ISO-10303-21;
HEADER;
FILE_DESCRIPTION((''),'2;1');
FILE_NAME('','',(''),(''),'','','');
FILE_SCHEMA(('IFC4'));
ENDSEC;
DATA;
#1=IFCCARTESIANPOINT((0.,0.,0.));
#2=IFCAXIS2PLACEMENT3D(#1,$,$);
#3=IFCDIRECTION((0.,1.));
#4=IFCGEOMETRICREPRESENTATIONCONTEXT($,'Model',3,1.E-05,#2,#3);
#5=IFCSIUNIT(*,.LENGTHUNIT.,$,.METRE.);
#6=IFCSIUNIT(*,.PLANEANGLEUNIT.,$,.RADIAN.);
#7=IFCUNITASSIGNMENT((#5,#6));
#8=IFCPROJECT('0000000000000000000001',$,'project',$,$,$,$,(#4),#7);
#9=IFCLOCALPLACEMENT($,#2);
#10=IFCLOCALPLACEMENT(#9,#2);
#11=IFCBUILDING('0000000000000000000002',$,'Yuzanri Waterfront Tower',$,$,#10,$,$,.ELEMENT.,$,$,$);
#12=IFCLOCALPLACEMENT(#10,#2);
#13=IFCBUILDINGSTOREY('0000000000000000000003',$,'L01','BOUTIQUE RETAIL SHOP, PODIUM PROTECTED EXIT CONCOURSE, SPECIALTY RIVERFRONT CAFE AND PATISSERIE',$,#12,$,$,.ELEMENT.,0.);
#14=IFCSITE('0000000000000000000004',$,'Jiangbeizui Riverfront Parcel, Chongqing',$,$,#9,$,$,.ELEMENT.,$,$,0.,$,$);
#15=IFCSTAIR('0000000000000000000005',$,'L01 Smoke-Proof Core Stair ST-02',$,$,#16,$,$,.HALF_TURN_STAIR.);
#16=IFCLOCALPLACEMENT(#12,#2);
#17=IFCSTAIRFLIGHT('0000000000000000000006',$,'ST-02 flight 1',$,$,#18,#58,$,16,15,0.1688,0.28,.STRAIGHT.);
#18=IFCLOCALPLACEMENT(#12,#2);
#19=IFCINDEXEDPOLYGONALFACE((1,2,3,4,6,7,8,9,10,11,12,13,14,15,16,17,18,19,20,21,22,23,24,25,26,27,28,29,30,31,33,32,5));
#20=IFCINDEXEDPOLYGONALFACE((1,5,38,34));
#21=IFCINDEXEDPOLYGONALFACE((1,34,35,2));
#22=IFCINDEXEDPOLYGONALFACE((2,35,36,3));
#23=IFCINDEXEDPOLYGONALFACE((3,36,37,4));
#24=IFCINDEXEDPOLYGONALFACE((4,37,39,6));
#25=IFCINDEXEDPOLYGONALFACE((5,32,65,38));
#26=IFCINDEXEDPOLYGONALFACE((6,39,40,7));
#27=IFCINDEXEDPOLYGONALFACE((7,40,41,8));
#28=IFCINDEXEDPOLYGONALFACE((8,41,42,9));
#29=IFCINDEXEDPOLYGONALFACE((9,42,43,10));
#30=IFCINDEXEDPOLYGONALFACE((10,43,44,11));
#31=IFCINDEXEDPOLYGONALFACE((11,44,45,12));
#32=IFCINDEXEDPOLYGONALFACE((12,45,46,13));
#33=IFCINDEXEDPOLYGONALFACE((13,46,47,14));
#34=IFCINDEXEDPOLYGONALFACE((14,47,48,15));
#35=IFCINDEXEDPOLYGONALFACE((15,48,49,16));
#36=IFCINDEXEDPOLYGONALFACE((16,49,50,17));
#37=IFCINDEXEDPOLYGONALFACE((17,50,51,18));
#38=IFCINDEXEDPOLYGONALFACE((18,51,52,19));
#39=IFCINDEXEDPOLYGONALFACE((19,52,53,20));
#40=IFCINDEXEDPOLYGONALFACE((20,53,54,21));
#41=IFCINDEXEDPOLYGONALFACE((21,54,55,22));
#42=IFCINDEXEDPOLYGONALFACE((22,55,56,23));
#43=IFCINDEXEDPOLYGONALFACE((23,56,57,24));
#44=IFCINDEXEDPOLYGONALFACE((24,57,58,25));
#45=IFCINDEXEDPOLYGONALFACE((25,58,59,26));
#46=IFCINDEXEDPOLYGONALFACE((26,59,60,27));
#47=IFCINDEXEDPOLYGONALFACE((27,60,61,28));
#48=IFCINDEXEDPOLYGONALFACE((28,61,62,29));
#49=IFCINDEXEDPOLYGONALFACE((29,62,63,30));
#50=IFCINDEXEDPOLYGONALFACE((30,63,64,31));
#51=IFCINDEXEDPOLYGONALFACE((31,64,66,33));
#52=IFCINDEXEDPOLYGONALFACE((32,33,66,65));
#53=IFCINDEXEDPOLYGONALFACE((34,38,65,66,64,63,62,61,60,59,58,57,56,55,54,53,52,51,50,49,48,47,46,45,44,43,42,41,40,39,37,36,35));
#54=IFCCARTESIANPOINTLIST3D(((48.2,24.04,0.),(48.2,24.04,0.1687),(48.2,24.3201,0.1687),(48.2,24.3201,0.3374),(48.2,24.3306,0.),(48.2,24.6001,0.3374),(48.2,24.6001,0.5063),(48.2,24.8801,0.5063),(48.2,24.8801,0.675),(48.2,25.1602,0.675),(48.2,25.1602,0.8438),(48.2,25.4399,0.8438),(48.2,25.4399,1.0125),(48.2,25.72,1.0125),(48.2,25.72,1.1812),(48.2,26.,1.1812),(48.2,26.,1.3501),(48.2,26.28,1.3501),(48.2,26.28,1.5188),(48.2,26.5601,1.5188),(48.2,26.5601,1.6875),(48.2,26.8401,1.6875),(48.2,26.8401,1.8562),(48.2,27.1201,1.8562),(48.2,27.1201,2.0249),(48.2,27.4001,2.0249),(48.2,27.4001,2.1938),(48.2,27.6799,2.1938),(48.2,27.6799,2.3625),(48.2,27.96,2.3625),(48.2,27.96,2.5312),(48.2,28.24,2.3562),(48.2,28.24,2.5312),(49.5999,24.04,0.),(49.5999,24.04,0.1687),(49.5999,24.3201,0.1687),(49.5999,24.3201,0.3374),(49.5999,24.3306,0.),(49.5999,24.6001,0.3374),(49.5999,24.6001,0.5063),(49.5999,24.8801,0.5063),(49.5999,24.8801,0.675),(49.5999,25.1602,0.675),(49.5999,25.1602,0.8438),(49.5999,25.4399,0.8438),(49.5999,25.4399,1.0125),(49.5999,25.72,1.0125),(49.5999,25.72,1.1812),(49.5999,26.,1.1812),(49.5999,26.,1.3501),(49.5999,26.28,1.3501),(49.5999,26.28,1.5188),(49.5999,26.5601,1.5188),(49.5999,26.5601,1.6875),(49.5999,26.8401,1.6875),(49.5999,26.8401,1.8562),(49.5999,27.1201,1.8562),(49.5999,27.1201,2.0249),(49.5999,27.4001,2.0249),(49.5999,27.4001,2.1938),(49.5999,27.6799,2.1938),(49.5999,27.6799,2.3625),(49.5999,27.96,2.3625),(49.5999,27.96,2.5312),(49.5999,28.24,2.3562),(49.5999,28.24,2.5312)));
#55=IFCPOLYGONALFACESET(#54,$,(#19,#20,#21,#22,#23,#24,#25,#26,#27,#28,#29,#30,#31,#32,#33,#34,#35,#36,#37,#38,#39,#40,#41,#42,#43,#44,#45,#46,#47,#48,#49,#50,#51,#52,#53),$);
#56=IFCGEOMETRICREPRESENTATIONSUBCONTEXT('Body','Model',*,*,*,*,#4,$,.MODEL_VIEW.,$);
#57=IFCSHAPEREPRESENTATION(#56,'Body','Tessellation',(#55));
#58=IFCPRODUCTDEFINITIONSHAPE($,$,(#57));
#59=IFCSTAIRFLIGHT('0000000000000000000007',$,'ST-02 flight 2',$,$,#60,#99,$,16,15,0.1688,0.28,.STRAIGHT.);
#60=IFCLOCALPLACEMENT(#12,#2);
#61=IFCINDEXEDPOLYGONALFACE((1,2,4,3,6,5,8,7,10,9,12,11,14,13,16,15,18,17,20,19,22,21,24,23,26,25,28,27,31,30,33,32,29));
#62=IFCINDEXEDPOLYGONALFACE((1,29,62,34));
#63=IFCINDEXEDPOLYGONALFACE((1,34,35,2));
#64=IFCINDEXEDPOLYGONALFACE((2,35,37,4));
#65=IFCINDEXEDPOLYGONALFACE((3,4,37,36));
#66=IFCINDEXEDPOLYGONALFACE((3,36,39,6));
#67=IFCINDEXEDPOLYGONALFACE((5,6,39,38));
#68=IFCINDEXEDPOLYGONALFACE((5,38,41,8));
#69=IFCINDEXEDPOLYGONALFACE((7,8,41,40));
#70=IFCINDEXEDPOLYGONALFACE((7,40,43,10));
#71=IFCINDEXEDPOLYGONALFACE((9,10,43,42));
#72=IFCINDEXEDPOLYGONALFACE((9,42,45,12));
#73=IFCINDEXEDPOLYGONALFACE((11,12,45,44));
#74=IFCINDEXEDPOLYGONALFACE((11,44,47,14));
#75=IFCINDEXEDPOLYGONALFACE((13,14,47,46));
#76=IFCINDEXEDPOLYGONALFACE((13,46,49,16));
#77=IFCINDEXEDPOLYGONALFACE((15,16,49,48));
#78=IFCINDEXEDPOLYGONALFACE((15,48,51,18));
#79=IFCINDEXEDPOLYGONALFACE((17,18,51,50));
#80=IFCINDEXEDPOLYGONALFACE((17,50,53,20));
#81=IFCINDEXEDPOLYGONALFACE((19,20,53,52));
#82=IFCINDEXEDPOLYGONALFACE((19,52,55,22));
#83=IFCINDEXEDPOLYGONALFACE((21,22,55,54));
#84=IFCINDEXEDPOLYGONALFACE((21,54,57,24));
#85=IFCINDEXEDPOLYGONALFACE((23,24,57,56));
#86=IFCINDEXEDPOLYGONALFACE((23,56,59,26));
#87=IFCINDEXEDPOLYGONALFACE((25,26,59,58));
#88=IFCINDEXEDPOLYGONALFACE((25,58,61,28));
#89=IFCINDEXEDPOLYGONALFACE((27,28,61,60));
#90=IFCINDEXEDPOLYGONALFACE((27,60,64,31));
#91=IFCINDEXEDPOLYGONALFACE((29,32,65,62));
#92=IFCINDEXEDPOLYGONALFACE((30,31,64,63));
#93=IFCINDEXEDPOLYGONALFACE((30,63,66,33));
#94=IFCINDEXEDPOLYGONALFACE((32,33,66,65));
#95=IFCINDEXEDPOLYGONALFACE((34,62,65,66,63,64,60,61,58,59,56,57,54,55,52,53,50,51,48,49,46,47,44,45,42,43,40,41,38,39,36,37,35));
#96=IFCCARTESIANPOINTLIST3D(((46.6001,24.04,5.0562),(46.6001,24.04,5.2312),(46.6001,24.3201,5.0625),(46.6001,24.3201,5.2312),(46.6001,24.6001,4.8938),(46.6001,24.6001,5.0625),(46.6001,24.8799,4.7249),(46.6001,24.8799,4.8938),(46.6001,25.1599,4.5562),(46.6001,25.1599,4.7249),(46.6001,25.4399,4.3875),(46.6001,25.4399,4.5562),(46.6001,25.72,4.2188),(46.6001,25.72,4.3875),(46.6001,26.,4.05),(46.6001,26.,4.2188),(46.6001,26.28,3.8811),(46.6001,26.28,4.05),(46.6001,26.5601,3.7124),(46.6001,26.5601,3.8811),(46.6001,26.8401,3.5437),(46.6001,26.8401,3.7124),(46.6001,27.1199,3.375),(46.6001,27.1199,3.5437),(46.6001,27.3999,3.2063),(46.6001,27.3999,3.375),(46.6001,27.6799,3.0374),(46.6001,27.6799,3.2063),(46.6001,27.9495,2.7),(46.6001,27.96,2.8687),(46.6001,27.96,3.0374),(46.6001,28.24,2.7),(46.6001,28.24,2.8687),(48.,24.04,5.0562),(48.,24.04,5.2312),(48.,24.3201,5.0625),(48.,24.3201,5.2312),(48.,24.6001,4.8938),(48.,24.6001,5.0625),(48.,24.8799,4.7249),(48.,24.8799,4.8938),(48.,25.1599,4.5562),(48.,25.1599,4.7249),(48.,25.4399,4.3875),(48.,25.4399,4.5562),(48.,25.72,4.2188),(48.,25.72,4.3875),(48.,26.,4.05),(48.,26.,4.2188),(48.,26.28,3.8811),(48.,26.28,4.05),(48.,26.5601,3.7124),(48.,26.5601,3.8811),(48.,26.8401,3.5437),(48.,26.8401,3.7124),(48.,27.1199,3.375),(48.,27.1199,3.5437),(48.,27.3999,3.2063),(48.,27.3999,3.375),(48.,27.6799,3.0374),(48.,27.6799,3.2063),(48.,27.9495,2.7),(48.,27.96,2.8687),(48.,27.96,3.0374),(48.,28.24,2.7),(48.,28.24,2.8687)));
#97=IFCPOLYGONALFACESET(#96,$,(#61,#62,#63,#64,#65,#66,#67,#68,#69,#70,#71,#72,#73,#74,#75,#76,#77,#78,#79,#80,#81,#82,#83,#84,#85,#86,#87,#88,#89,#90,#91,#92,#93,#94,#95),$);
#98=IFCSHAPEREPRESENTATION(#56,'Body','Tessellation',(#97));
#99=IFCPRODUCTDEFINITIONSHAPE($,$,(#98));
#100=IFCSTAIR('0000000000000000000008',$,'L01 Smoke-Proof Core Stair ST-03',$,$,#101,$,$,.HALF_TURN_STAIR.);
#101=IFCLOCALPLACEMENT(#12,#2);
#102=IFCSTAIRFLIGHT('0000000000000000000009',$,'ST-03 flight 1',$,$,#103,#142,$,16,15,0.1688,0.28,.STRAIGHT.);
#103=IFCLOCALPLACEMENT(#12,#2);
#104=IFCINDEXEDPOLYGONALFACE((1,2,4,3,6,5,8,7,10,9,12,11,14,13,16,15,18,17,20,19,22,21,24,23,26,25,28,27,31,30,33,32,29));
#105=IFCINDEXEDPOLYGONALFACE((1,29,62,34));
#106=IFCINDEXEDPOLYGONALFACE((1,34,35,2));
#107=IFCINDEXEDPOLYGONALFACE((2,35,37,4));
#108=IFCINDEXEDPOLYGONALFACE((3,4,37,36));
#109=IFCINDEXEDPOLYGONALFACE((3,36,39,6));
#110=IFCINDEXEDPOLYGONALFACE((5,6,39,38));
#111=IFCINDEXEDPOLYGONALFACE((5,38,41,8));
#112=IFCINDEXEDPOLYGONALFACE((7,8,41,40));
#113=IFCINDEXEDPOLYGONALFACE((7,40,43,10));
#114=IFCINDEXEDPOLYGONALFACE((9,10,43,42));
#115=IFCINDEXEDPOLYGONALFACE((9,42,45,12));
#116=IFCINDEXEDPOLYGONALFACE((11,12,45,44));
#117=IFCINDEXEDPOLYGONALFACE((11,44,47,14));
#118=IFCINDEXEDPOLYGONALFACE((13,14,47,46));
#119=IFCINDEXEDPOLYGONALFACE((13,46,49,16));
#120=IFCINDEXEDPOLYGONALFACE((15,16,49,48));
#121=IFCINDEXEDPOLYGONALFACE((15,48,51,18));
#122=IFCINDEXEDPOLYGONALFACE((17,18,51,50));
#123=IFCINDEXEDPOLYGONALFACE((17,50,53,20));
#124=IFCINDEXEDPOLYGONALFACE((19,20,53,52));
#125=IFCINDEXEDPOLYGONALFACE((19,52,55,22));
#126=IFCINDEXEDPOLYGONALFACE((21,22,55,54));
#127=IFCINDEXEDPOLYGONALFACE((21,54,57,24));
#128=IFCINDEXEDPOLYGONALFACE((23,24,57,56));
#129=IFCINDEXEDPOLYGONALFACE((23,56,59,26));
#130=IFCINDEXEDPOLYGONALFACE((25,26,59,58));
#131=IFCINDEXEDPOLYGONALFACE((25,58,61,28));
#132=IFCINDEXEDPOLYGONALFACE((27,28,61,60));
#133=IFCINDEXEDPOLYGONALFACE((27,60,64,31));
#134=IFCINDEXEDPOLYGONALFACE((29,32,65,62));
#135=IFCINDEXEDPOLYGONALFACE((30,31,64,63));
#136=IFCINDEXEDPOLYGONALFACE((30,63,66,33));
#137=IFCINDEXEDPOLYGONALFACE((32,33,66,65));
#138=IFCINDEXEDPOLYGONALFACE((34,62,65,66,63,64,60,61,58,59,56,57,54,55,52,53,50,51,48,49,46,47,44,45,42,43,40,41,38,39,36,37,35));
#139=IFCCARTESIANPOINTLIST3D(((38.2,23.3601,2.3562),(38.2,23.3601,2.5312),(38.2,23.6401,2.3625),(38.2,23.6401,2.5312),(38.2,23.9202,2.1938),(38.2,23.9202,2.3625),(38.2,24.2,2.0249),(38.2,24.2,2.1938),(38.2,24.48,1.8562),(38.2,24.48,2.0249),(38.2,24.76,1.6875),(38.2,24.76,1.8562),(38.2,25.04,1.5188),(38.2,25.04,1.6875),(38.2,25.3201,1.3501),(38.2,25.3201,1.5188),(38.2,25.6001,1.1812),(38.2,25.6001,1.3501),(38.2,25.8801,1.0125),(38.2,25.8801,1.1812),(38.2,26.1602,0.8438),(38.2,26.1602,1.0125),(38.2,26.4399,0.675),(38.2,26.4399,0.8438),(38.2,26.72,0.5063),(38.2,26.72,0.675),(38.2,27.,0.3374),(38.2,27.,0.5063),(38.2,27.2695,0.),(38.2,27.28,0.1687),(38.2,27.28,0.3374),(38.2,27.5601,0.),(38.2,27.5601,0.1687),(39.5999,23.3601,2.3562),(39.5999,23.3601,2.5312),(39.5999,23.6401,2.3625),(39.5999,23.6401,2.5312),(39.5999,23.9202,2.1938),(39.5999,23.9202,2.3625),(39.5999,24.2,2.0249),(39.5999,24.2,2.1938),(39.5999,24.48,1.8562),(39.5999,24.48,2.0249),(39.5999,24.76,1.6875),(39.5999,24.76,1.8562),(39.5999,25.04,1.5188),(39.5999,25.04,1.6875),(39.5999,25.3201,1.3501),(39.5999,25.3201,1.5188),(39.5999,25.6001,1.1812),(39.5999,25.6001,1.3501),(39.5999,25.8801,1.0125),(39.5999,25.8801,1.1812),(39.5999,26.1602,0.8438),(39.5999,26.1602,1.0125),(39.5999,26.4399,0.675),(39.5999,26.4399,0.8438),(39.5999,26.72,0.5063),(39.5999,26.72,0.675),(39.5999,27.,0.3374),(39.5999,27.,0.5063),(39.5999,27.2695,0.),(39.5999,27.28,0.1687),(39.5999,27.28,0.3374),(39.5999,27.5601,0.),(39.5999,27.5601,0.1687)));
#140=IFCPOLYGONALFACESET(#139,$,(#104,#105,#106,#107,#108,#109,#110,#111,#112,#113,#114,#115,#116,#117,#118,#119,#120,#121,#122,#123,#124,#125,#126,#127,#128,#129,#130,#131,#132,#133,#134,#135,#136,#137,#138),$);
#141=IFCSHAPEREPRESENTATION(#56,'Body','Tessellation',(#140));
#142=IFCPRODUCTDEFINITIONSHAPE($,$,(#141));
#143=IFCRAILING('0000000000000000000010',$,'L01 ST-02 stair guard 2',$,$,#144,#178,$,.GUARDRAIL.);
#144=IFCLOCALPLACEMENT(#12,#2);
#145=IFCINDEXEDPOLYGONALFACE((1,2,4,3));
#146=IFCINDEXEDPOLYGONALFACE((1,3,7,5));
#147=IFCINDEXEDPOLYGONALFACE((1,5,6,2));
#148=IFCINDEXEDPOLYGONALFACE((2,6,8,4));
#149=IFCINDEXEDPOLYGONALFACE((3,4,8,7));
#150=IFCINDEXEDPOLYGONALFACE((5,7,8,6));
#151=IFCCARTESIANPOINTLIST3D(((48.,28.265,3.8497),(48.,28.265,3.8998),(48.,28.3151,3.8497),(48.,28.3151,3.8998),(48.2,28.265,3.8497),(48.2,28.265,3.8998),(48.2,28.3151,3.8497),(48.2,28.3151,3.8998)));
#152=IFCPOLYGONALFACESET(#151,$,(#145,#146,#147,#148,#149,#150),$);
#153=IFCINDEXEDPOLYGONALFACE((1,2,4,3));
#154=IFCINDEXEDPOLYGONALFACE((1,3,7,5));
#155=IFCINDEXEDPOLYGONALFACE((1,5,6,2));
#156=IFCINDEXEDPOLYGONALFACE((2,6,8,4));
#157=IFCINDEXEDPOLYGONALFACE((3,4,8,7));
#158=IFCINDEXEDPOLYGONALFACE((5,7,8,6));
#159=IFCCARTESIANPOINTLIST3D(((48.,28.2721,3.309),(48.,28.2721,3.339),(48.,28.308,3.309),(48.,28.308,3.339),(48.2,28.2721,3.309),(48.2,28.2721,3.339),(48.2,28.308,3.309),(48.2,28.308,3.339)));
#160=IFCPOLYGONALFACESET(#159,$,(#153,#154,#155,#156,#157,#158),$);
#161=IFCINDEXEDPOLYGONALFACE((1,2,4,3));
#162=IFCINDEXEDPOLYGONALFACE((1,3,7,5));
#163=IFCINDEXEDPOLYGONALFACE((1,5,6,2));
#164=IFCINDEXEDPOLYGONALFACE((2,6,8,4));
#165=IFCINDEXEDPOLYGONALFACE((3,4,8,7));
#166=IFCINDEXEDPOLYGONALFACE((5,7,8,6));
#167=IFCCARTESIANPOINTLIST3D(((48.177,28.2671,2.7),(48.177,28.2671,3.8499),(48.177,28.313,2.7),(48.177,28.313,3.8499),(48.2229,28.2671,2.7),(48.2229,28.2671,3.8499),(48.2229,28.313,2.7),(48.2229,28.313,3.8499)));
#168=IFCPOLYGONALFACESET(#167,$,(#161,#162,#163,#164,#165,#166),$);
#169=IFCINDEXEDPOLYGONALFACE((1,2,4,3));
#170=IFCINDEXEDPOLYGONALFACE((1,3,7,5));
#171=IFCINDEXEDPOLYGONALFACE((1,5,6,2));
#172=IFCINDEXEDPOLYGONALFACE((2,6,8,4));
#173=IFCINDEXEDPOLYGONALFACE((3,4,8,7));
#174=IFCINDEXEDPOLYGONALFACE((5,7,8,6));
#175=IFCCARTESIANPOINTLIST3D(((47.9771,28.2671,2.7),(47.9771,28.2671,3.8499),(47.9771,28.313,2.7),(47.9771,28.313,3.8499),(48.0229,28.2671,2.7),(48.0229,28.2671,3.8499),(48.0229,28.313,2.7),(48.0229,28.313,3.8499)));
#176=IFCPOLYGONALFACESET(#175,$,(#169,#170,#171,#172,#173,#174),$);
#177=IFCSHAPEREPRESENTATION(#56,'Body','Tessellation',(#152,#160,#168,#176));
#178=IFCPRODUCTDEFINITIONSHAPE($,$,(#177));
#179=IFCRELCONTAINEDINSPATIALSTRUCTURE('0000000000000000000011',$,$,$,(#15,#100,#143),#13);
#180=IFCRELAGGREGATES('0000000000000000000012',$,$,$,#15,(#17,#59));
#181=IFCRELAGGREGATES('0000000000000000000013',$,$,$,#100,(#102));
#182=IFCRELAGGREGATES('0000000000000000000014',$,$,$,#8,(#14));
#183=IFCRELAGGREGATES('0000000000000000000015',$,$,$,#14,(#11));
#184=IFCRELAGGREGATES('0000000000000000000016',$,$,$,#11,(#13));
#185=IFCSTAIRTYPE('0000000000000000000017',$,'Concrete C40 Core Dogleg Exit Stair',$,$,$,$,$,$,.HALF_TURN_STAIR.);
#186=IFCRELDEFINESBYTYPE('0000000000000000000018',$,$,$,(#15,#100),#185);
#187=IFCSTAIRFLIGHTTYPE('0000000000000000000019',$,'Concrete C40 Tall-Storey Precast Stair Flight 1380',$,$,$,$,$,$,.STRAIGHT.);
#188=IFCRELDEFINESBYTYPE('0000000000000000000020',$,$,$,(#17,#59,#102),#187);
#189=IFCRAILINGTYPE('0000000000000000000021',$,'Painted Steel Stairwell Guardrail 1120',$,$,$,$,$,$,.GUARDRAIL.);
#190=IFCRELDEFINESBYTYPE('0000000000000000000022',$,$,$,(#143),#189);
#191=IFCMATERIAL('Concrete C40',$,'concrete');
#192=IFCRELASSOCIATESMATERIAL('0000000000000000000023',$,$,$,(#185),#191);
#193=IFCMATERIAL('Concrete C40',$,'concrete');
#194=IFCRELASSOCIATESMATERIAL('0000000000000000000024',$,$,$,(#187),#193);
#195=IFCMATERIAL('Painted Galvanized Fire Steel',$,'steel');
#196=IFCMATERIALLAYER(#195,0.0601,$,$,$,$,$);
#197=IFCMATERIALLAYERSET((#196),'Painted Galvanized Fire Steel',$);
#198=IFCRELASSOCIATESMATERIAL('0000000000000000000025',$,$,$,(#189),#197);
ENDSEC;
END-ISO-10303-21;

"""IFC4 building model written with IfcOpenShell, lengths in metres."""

from ifc_helpers import new_model, si_unit, direction, frame, origin, origin_2d, place, context, subcontext, project, spatial, polyline, rectangle, outline, extrude, source, transform, mapped, material, layer, layer_set, type_object, element, aggregate, save


model = new_model("IFC4")

# Units and contexts
model_context = context("Model", 3, precision=1e-05, world=origin(), true_north=direction((0.0, 1.0)))
body_context = subcontext(model_context, "Body", "Model", "MODEL_VIEW")
ifc_project = project(units=[si_unit("LENGTHUNIT", "METRE"), si_unit("PLANEANGLEUNIT", "RADIAN")], contexts=[model_context])

# Site, building, storey
site_placement = place(None, origin())
site = spatial("IfcSite", under=ifc_project, at=site_placement, Name="Jiangbeizui Riverfront Parcel, Chongqing", CompositionType="ELEMENT", RefElevation=0.0)
building_placement = place(site_placement, origin())
building = spatial("IfcBuilding", under=site, at=building_placement, Name="Yuzanri Waterfront Tower", CompositionType="ELEMENT")
storey_placement = place(building_placement, origin())
storey = spatial("IfcBuildingStorey", under=building, at=storey_placement, Name="L01", Description="BOUTIQUE RETAIL SHOP, PODIUM PROTECTED EXIT CONCOURSE, SPECIALTY RIVERFRONT CAFE AND PATISSERIE", CompositionType="ELEMENT", Elevation=0.0)

# Stair, stair flights
ifc_material_1 = material(Name="Concrete C40", Category="concrete")
stair_type = type_object("IfcStairType", Name="Concrete C40 Core Dogleg Exit Stair", PredefinedType="HALF_TURN_STAIR", material=ifc_material_1)
stair_1_placement = place(storey_placement, origin())
stair_1 = element("IfcStair", 1, at=stair_1_placement, inside=storey, type_object=stair_type, Name="L01 Smoke-Proof Core Stair ST-02", PredefinedType="HALF_TURN_STAIR")
ifc_material_2 = material(Name="Concrete C40", Category="concrete")
stair_flight_type = type_object("IfcStairFlightType", Name="Concrete C40 Tall-Storey Precast Stair Flight 1380", PredefinedType="STRAIGHT", material=ifc_material_2)
shared_shape_1 = source(origin(), body_context, "Body", "SweptSolid", [
    extrude(outline(polyline([(0.0, 0.0), (0.0, 0.1687), (0.28, 0.1687), (0.28, 0.3374), (0.5601, 0.3374), (0.5601, 0.5063), (0.8401, 0.5063), (0.8401, 0.675), (1.1201, 0.675), (1.1201, 0.8438), (1.3999, 0.8438), (1.3999, 1.0125), (1.6799, 1.0125), (1.6799, 1.1812), (1.96, 1.1812), (1.96, 1.3501), (2.24, 1.3501), (2.24, 1.5188), (2.52, 1.5188), (2.52, 1.6875), (2.8, 1.6875), (2.8, 1.8562), (3.0801, 1.8562), (3.0801, 2.0249), (3.3601, 2.0249), (3.3601, 2.1938), (3.6399, 2.1938), (3.6399, 2.3625), (3.9199, 2.3625), (3.9199, 2.5312), (4.2, 2.5312), (4.2, 2.7), (4.2, 2.3562), (0.2905, 0.0), (0.0, 0.0)])), frame((0.0, 0.7, 0.0), z_axis=(0.0, -1.0, 0.0), x_axis=(1.0, 0.0, 0.0)), (0.0, 0.0, 1.0), 1.3999),
])
stair_flight_1_placement = place(storey_placement, frame((48.8999, 24.04, 0.0), z_axis=(0.0, 0.0, 1.0), x_axis=(0.0, 1.0, 0.0)))
stair_flight_1 = element("IfcStairFlight", 2, at=stair_flight_1_placement, type_object=stair_flight_type, Name="ST-02 flight 1", NumberOfRisers=16, NumberOfTreads=15, PredefinedType="STRAIGHT", RiserHeight=0.1688, TreadLength=0.28, context=body_context, shape_type="MappedRepresentation", body=[
    mapped(shared_shape_1, transform((0.0, 0.0, 0.0), scale=1.0)),
])
stair_flight_2_placement = place(storey_placement, frame((47.3, 28.24, 2.7), z_axis=(0.0, 0.0, 1.0), x_axis=(0.0, -1.0, 0.0)))
stair_flight_2 = element("IfcStairFlight", 3, at=stair_flight_2_placement, type_object=stair_flight_type, Name="ST-02 flight 2", NumberOfRisers=16, NumberOfTreads=15, PredefinedType="STRAIGHT", RiserHeight=0.1688, TreadLength=0.28, context=body_context, shape_type="MappedRepresentation", body=[
    mapped(shared_shape_1, transform((0.0, 0.0, 0.0), scale=1.0)),
])
aggregate(stair_1, [stair_flight_1, stair_flight_2])

# Stair, stair flight
stair_2_placement = place(storey_placement, origin())
stair_2 = element("IfcStair", 4, at=stair_2_placement, inside=storey, type_object=stair_type, Name="L01 Smoke-Proof Core Stair ST-03", PredefinedType="HALF_TURN_STAIR")
stair_flight_3_placement = place(storey_placement, frame((38.8999, 27.5601, 0.0), z_axis=(0.0, 0.0, 1.0), x_axis=(0.0, -1.0, 0.0)))
stair_flight_3 = element("IfcStairFlight", 5, at=stair_flight_3_placement, type_object=stair_flight_type, Name="ST-03 flight 1", NumberOfRisers=16, NumberOfTreads=15, PredefinedType="STRAIGHT", RiserHeight=0.1688, TreadLength=0.28, context=body_context, shape_type="MappedRepresentation", body=[
    mapped(shared_shape_1, transform((0.0, 0.0, 0.0), scale=1.0)),
])
aggregate(stair_2, [stair_flight_3])

# Railing
ifc_material_3 = material(Name="Painted Galvanized Fire Steel", Category="steel")
ifc_layer_1 = layer(ifc_material_3, 0.0601)
ifc_layer_set_1 = layer_set([ifc_layer_1], Name="Painted Galvanized Fire Steel")
railing_type_1 = type_object("IfcRailingType", Name="Painted Steel Stairwell Guardrail 1120", PredefinedType="GUARDRAIL", material=ifc_layer_set_1)
shared_shape_2 = source(origin(), body_context, "Body", "SweptSolid", [
    extrude(rectangle(XDim=0.05, YDim=0.05, at=origin_2d()), frame((0.0, 0.0, 1.1748), z_axis=(-1.0, 0.0, 0.0), x_axis=(0.0, -1.0, 0.0)), (0.0, 0.0, 1.0), 0.2),
    extrude(rectangle(XDim=0.0359, YDim=0.03, at=origin_2d()), frame((0.0, 0.0, 0.624), z_axis=(-1.0, 0.0, 0.0), x_axis=(0.0, -1.0, 0.0)), (0.0, 0.0, 1.0), 0.2),
    extrude(rectangle(XDim=0.0459, YDim=0.0459, at=origin_2d()), origin(), (0.0, 0.0, 1.0), 1.1499),
    extrude(rectangle(XDim=0.0459, YDim=0.0459, at=origin_2d()), frame((-0.2, 0.0, 0.0)), (0.0, 0.0, 1.0), 1.1499),
])
railing_1_placement = place(storey_placement, frame((48.2, 28.29, 2.7)))
element("IfcRailing", 6, at=railing_1_placement, inside=storey, type_object=railing_type_1, Name="L01 ST-02 stair guard 2", PredefinedType="GUARDRAIL", context=body_context, shape_type="MappedRepresentation", body=[
    mapped(shared_shape_2, transform((0.0, 0.0, 0.0), scale=1.0)),
])

save(model, "model.ifc")
